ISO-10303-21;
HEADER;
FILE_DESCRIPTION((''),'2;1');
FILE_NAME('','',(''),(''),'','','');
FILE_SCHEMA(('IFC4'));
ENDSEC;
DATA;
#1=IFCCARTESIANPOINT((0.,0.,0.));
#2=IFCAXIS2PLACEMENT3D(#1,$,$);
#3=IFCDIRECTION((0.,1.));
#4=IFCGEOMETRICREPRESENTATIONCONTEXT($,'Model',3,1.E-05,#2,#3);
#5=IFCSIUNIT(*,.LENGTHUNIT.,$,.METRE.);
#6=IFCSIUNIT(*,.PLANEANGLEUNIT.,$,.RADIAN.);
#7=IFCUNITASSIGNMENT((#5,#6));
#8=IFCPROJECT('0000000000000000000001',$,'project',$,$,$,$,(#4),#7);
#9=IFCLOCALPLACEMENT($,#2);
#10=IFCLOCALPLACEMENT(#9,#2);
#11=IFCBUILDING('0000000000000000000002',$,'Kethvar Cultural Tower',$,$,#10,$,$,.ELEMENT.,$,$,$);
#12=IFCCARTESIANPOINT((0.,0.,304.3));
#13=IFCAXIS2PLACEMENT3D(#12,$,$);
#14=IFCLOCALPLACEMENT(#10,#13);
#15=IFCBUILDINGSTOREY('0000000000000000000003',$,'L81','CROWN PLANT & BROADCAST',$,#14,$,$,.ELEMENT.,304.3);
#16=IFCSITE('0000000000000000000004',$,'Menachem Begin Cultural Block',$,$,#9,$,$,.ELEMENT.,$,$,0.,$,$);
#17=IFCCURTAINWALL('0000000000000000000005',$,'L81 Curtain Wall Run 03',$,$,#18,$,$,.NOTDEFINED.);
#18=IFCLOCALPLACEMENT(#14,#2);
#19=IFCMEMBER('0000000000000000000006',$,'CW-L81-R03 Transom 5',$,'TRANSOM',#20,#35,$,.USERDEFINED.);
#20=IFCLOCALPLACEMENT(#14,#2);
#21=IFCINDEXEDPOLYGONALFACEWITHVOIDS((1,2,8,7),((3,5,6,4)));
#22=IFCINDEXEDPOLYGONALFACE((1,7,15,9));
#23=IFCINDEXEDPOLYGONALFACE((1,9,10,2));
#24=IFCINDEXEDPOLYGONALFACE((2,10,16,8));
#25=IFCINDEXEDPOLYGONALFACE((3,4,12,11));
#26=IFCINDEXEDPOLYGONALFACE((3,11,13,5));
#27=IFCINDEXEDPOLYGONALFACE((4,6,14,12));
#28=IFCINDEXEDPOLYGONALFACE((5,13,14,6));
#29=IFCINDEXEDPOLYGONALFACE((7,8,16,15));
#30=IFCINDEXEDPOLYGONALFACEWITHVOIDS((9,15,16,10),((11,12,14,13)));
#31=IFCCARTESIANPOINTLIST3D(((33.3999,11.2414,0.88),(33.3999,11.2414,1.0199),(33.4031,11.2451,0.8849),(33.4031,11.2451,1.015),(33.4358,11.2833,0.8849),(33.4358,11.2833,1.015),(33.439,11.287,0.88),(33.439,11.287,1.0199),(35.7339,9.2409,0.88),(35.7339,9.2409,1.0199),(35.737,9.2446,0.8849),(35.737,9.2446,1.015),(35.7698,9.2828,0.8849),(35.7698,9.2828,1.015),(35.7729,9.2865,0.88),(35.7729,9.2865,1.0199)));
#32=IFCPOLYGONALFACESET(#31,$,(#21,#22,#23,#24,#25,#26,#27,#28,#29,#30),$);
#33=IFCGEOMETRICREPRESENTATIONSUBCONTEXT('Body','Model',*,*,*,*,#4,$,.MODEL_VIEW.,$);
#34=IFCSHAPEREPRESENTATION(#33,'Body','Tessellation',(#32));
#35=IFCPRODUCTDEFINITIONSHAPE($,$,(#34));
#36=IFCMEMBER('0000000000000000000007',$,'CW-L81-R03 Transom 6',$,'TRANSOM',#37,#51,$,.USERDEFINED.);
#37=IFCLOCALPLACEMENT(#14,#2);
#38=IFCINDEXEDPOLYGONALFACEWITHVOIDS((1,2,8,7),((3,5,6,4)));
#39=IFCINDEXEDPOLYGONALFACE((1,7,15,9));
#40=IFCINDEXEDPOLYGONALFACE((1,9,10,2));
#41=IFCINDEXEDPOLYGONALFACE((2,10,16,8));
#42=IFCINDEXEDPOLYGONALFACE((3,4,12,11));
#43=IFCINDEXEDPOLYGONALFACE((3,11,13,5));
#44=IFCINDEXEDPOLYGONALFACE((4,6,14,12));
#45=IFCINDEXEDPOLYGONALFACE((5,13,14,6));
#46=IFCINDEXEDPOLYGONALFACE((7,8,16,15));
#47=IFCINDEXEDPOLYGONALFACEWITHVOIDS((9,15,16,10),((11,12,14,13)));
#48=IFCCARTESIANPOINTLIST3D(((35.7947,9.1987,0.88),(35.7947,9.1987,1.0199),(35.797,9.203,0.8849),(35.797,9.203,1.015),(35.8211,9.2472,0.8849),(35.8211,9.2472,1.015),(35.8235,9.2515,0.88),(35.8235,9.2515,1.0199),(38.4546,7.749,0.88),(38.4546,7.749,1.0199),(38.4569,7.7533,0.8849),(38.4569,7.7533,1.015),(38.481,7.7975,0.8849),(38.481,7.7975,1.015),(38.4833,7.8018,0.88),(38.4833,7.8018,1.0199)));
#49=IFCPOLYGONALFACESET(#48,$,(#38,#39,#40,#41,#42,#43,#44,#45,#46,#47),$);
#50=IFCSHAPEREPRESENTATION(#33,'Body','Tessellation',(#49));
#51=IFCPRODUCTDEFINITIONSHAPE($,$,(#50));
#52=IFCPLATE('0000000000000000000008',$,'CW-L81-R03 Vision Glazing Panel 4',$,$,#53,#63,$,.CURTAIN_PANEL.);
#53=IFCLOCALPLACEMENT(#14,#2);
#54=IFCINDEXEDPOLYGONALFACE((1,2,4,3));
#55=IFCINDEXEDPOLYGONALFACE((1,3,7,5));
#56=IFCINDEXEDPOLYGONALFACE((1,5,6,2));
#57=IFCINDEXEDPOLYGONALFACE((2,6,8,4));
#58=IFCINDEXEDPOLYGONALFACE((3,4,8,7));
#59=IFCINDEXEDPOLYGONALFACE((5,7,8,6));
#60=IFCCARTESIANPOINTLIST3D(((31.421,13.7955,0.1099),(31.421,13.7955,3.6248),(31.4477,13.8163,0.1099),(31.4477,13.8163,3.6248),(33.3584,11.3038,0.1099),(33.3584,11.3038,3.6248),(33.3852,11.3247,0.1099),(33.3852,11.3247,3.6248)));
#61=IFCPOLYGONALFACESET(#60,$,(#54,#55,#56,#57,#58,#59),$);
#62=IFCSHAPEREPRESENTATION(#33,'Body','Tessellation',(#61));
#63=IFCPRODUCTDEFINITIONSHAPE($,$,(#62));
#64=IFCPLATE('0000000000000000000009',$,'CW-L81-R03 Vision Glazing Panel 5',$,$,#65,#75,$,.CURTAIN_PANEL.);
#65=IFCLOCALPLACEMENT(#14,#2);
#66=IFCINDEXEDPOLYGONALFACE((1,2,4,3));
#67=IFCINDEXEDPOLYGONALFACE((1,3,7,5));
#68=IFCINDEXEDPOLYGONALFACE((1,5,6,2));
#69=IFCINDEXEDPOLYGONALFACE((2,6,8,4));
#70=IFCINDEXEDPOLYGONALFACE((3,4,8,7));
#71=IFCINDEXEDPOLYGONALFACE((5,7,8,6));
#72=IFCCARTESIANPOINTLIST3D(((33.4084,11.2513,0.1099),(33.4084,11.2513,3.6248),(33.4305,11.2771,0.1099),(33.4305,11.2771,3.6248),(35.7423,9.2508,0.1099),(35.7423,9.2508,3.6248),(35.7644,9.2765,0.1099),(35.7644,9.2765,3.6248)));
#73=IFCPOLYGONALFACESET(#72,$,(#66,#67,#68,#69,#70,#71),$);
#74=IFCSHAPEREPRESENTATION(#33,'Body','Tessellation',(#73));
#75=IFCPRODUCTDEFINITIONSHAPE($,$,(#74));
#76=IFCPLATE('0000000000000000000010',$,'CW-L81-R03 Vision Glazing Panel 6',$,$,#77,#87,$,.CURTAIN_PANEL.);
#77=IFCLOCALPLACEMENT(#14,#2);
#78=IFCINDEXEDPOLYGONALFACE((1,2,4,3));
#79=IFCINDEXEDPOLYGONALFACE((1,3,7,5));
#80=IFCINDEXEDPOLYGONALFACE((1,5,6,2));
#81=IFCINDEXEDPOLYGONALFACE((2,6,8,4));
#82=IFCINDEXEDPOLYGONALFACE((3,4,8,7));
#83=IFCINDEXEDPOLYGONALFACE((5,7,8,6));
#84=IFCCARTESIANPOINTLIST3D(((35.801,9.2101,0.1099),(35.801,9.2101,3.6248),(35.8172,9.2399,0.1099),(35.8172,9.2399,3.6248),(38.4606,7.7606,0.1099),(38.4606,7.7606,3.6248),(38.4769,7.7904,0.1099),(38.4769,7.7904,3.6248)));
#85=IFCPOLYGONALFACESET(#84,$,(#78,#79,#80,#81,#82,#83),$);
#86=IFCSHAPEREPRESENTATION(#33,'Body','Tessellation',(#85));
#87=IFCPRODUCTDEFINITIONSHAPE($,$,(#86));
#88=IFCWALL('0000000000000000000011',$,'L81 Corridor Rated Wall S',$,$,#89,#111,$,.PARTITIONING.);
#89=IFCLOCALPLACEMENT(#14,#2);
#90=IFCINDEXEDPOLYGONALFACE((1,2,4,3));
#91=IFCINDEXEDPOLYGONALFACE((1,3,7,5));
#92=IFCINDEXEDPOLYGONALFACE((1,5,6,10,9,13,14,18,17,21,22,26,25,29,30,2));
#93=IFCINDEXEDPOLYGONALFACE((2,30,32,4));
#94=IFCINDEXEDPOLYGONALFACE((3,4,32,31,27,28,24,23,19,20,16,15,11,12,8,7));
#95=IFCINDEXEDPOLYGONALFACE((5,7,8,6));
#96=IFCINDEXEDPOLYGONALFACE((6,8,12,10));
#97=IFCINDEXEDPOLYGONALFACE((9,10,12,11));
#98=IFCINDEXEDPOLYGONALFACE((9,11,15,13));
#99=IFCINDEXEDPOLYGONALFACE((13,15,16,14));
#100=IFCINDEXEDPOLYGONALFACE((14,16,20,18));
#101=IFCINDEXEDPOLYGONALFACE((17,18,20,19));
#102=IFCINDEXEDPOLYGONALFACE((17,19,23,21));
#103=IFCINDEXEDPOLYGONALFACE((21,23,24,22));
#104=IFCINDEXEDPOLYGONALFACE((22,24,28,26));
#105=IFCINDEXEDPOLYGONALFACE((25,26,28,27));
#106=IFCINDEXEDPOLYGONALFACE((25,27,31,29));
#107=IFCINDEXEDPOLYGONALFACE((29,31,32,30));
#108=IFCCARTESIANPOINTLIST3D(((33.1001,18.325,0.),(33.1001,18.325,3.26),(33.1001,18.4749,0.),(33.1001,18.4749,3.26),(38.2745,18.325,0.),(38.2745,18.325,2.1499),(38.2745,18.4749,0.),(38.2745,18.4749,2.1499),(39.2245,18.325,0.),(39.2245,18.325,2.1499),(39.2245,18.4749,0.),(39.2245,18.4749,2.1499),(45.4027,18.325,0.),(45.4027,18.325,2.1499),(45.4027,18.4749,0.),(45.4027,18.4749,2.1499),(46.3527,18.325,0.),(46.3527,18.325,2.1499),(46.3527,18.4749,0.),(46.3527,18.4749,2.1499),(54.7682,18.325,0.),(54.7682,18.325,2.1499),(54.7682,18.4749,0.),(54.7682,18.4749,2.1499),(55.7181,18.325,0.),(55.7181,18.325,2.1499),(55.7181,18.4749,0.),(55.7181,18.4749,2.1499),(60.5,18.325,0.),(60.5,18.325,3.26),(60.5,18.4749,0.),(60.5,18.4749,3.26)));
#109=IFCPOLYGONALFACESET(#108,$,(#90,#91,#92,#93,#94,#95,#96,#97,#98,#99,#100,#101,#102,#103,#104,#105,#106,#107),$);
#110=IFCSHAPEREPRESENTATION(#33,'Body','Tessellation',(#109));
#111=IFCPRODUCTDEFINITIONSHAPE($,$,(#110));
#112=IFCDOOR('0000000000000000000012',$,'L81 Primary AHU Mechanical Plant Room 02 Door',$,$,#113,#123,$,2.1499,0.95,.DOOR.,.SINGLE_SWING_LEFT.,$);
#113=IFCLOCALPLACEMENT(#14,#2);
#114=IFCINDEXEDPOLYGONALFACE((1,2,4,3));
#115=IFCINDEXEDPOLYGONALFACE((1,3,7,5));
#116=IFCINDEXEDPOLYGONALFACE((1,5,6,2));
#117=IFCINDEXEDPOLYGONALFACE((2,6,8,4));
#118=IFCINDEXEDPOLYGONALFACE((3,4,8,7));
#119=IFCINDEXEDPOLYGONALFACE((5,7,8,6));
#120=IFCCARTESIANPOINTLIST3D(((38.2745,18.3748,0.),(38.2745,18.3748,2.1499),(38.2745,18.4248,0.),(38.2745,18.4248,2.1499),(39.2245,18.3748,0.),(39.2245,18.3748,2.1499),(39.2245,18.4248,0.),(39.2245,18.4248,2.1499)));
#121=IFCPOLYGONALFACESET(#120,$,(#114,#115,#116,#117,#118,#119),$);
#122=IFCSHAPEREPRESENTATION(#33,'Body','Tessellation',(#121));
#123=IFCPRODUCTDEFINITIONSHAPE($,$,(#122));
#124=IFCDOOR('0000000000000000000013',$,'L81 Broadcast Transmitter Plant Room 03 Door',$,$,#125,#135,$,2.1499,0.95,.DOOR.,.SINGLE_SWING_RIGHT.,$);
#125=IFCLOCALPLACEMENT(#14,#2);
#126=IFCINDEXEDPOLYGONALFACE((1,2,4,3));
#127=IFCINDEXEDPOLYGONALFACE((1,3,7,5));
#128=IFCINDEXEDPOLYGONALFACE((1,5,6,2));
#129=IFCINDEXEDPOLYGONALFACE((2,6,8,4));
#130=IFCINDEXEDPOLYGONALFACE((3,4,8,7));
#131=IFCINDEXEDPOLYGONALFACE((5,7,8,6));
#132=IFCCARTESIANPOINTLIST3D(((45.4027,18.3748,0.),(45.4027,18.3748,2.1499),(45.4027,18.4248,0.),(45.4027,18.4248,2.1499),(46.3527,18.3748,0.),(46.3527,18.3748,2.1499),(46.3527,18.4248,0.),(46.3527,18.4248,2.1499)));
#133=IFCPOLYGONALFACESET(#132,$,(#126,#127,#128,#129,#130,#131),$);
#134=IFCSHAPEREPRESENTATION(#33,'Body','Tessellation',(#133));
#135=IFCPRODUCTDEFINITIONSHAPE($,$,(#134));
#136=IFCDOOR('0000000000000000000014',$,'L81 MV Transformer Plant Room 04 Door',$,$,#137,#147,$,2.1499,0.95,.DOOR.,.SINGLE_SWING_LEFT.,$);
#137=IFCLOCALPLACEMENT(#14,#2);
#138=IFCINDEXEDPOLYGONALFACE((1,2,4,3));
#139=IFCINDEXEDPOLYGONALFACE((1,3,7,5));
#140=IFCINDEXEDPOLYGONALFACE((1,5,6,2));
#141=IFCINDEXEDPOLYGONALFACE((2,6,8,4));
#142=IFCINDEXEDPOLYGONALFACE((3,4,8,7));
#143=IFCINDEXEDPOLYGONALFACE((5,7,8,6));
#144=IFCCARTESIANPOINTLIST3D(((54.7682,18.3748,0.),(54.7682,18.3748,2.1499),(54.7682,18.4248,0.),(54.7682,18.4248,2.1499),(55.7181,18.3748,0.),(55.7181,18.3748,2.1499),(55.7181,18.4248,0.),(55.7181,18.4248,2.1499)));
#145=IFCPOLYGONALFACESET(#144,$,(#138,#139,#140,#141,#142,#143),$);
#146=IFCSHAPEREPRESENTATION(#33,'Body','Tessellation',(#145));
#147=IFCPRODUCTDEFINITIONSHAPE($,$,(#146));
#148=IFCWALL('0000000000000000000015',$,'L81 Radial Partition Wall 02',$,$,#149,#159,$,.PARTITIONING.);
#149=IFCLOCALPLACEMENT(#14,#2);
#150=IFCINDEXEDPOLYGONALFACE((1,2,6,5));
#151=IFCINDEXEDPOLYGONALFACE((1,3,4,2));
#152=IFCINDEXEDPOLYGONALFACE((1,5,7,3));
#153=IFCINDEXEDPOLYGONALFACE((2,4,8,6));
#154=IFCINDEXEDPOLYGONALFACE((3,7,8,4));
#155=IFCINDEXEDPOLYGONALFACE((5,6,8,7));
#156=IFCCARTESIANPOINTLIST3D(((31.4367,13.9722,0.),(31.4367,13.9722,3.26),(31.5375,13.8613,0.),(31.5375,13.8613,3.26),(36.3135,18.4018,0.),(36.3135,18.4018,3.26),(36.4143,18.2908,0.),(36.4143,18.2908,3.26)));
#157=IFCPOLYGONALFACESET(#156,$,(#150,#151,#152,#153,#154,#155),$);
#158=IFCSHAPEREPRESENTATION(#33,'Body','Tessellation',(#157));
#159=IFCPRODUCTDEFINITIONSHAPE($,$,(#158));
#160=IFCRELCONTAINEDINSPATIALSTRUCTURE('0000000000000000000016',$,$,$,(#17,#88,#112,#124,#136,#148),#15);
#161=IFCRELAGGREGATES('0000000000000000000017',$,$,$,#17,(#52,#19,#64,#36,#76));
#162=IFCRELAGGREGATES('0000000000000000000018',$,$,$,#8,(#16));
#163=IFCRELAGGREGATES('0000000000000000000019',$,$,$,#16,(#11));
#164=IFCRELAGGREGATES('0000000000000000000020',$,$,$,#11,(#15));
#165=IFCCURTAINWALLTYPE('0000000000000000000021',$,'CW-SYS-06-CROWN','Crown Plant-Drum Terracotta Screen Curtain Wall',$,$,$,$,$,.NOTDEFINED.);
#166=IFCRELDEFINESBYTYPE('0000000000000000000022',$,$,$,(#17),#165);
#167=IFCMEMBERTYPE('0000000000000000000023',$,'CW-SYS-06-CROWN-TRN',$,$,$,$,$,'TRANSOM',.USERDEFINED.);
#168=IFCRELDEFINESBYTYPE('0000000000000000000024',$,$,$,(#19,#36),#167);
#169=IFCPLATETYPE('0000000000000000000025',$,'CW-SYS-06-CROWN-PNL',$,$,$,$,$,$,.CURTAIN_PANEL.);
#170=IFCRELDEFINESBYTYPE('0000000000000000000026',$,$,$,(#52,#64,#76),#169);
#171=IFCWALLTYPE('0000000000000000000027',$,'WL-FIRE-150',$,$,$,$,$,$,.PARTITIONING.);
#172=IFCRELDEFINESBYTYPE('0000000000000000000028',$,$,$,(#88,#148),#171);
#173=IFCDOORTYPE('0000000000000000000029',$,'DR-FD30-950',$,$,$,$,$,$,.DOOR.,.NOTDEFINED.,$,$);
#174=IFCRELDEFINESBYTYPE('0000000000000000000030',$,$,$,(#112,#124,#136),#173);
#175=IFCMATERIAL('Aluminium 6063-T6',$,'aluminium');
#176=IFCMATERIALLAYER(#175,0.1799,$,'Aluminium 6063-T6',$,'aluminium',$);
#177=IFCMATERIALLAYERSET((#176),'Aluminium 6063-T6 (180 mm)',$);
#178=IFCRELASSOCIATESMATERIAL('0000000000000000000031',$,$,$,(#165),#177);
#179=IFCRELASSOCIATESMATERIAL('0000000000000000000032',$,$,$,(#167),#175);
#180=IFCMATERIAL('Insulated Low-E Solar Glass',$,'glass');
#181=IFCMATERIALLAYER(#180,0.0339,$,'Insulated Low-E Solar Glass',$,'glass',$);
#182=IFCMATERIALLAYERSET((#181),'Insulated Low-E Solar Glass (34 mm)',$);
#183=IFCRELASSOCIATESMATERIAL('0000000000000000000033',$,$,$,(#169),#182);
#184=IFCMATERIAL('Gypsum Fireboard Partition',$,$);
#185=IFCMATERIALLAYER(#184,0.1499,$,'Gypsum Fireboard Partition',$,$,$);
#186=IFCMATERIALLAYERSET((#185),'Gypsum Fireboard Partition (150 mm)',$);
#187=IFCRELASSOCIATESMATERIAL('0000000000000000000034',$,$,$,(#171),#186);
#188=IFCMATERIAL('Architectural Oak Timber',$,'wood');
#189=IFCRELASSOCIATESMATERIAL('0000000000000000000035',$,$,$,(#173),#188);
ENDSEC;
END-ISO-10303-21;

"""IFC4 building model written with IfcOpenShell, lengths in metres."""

from ifc_helpers import new_model, si_unit, direction, frame, frame_2d, origin, origin_2d, place, context, subcontext, project, spatial, rectangle, hollow_rectangle, extrude, source, transform, mapped, material, layer, layer_set, material_profile, profile_set, type_object, element, fill, aggregate, save


model = new_model("IFC4")

# Units and contexts
model_context = context("Model", 3, precision=1e-05, world=origin(), true_north=direction((0.0, 1.0)))
body_context = subcontext(model_context, "Body", "Model", "MODEL_VIEW")
ifc_project = project(units=[si_unit("LENGTHUNIT", "METRE"), si_unit("PLANEANGLEUNIT", "RADIAN")], contexts=[model_context])

# Site, building, storey
site_placement = place(None, origin())
site = spatial("IfcSite", under=ifc_project, at=site_placement, Name="Menachem Begin Cultural Block", CompositionType="ELEMENT", RefElevation=0.0)
building_placement = place(site_placement, origin())
building = spatial("IfcBuilding", under=site, at=building_placement, Name="Kethvar Cultural Tower", CompositionType="ELEMENT")
storey_placement = place(building_placement, frame((0.0, 0.0, 304.3)))
storey = spatial("IfcBuildingStorey", under=building, at=storey_placement, Name="L81", Description="CROWN PLANT & BROADCAST", CompositionType="ELEMENT", Elevation=304.3)

# Curtain wall, members, plates
ifc_material_1 = material(Name="Aluminium 6063-T6", Category="aluminium")
ifc_layer_1 = layer(ifc_material_1, 0.1799, Name="Aluminium 6063-T6", Category="aluminium")
ifc_layer_set_1 = layer_set([ifc_layer_1], Name="Aluminium 6063-T6 (180 mm)")
curtain_wall_type = type_object("IfcCurtainWallType", Name="CW-SYS-06-CROWN", Description="Crown Plant-Drum Terracotta Screen Curtain Wall", PredefinedType="NOTDEFINED", material=ifc_layer_set_1)
curtain_wall_placement = place(storey_placement, origin())
curtain_wall = element("IfcCurtainWall", 1, at=curtain_wall_placement, inside=storey, type_object=curtain_wall_type, Name="L81 Curtain Wall Run 03", PredefinedType="NOTDEFINED")
ifc_material_profile_1 = material_profile(ifc_material_1, hollow_rectangle(XDim=0.0601, YDim=0.1399, WallThickness=0.0049, at=origin_2d()), Name="Aluminium 6063-T6 — RHS140x60x5")
ifc_profile_set_1 = profile_set([ifc_material_profile_1], Name="Aluminium 6063-T6 — RHS140x60x5")
member_type_1 = type_object("IfcMemberType", Name="CW-SYS-06-CROWN-TRN", ElementType="TRANSOM", PredefinedType="USERDEFINED", material=ifc_profile_set_1)
shared_shape_1 = source(origin(), body_context, "Body", "SweptSolid", [
    extrude(hollow_rectangle(XDim=0.0601, YDim=0.1399, WallThickness=0.0049, at=origin_2d()), origin(), (0.0, 0.0, 1.0), 3.074),
])
member_1_placement = place(storey_placement, frame((33.4194, 11.2642, 0.95), z_axis=(0.759268, -0.650778, 0.0), x_axis=(0.650778, 0.759268, 0.0)))
member_1 = element("IfcMember", 2, at=member_1_placement, type_object=member_type_1, Name="CW-L81-R03 Transom 5", ObjectType="TRANSOM", PredefinedType="USERDEFINED", context=body_context, shape_type="MappedRepresentation", body=[
    mapped(shared_shape_1, transform((0.0, 0.0, 0.0), scale=1.0)),
])
shared_shape_2 = source(origin(), body_context, "Body", "SweptSolid", [
    extrude(hollow_rectangle(XDim=0.0601, YDim=0.1399, WallThickness=0.0049, at=origin_2d()), origin(), (0.0, 0.0, 1.0), 3.0293),
])
member_2_placement = place(storey_placement, frame((35.8091, 9.2251, 0.95), z_axis=(0.878056, -0.478558, 0.0), x_axis=(0.478558, 0.878056, 0.0)))
member_2 = element("IfcMember", 3, at=member_2_placement, type_object=member_type_1, Name="CW-L81-R03 Transom 6", ObjectType="TRANSOM", PredefinedType="USERDEFINED", context=body_context, shape_type="MappedRepresentation", body=[
    mapped(shared_shape_2, transform((0.0, 0.0, 0.0), scale=1.0)),
])
ifc_material_2 = material(Name="Insulated Low-E Solar Glass", Category="glass")
ifc_layer_2 = layer(ifc_material_2, 0.0339, Name="Insulated Low-E Solar Glass", Category="glass")
ifc_layer_set_2 = layer_set([ifc_layer_2], Name="Insulated Low-E Solar Glass (34 mm)")
plate_type = type_object("IfcPlateType", Name="CW-SYS-06-CROWN-PNL", PredefinedType="CURTAIN_PANEL", material=ifc_layer_set_2)
shared_shape_3 = source(origin(), body_context, "Body", "SweptSolid", [
    extrude(rectangle(XDim=3.1562, YDim=0.0339, at=origin_2d()), origin(), (0.0, 0.0, 1.0), 3.5149),
])
plate_1_placement = place(storey_placement, frame((32.4031, 12.5601, 0.1099), z_axis=(0.0, 0.0, 1.0), x_axis=(0.613844, -0.789427, 0.0)))
plate_1 = element("IfcPlate", 4, at=plate_1_placement, type_object=plate_type, Name="CW-L81-R03 Vision Glazing Panel 4", PredefinedType="CURTAIN_PANEL", context=body_context, shape_type="MappedRepresentation", body=[
    mapped(shared_shape_3, transform((0.0, 0.0, 0.0), scale=1.0)),
])
shared_shape_4 = source(origin(), body_context, "Body", "SweptSolid", [
    extrude(rectangle(XDim=3.074, YDim=0.0339, at=origin_2d()), origin(), (0.0, 0.0, 1.0), 3.5149),
])
plate_2_placement = place(storey_placement, frame((34.5864, 10.2639, 0.1099), z_axis=(0.0, 0.0, 1.0), x_axis=(0.759249, -0.650801, 0.0)))
plate_2 = element("IfcPlate", 5, at=plate_2_placement, type_object=plate_type, Name="CW-L81-R03 Vision Glazing Panel 5", PredefinedType="CURTAIN_PANEL", context=body_context, shape_type="MappedRepresentation", body=[
    mapped(shared_shape_4, transform((0.0, 0.0, 0.0), scale=1.0)),
])
shared_shape_5 = source(origin(), body_context, "Body", "SweptSolid", [
    extrude(rectangle(XDim=3.0291, YDim=0.0339, at=origin_2d()), origin(), (0.0, 0.0, 1.0), 3.5149),
])
plate_3_placement = place(storey_placement, frame((37.1389, 8.5002, 0.1099), z_axis=(0.0, 0.0, 1.0), x_axis=(0.878058, -0.478554, 0.0)))
plate_3 = element("IfcPlate", 6, at=plate_3_placement, type_object=plate_type, Name="CW-L81-R03 Vision Glazing Panel 6", PredefinedType="CURTAIN_PANEL", context=body_context, shape_type="MappedRepresentation", body=[
    mapped(shared_shape_5, transform((0.0, 0.0, 0.0), scale=1.0)),
])
aggregate(curtain_wall, [plate_1, member_1, plate_2, member_2, plate_3])

# Wall, openings, doors
ifc_material_3 = material(Name="Gypsum Fireboard Partition")
ifc_layer_3 = layer(ifc_material_3, 0.1499, Name="Gypsum Fireboard Partition")
ifc_layer_set_3 = layer_set([ifc_layer_3], Name="Gypsum Fireboard Partition (150 mm)")
wall_type = type_object("IfcWallType", Name="WL-FIRE-150", PredefinedType="PARTITIONING", material=ifc_layer_set_3)
wall_1_placement = place(storey_placement, frame((33.1001, 18.3999, 0.0), z_axis=(0.0, 0.0, 1.0), x_axis=(1.0, 0.0, 0.0)))
wall_1 = element("IfcWall", 7, at=wall_1_placement, inside=storey, type_object=wall_type, Name="L81 Corridor Rated Wall S", PredefinedType="PARTITIONING", context=body_context, shape_type="SweptSolid", body=[
    extrude(rectangle(XDim=27.3999, YDim=0.1499, at=frame_2d((13.7, 0.0))), origin(), (0.0, 0.0, 1.0), 3.26),
])
opening_1_placement = place(wall_1_placement, frame((5.1743, 0.0, 0.0)))
opening_1 = element("IfcOpeningElement", 8, at=opening_1_placement, cuts=wall_1, PredefinedType="OPENING", context=body_context, shape_type="SweptSolid", body=[
    extrude(rectangle(XDim=0.95, YDim=2.1499, at=frame_2d((0.4751, 1.075))), frame((0.0, 0.085, 0.0), z_axis=(0.0, -1.0, 0.0), x_axis=(1.0, 0.0, 0.0)), (0.0, 0.0, 1.0), 0.1699),
])
opening_2_placement = place(wall_1_placement, frame((12.3025, 0.0, 0.0)))
opening_2 = element("IfcOpeningElement", 9, at=opening_2_placement, cuts=wall_1, PredefinedType="OPENING", context=body_context, shape_type="SweptSolid", body=[
    extrude(rectangle(XDim=0.95, YDim=2.1499, at=frame_2d((0.4751, 1.075))), frame((0.0, 0.085, 0.0), z_axis=(0.0, -1.0, 0.0), x_axis=(1.0, 0.0, 0.0)), (0.0, 0.0, 1.0), 0.1699),
])
opening_3_placement = place(wall_1_placement, frame((21.668, 0.0, 0.0)))
opening_3 = element("IfcOpeningElement", 10, at=opening_3_placement, cuts=wall_1, PredefinedType="OPENING", context=body_context, shape_type="SweptSolid", body=[
    extrude(rectangle(XDim=0.95, YDim=2.1499, at=frame_2d((0.4751, 1.075))), frame((0.0, 0.085, 0.0), z_axis=(0.0, -1.0, 0.0), x_axis=(1.0, 0.0, 0.0)), (0.0, 0.0, 1.0), 0.1699),
])
ifc_material_4 = material(Name="Architectural Oak Timber", Category="wood")
door_type = type_object("IfcDoorType", Name="DR-FD30-950", OperationType="NOTDEFINED", PredefinedType="DOOR", material=ifc_material_4)
shared_shape_6 = source(origin(), body_context, "Body", "SweptSolid", [
    extrude(rectangle(XDim=0.95, YDim=2.1499, at=frame_2d((0.4751, 1.075))), frame((0.0, 0.0249, 0.0), z_axis=(0.0, -1.0, 0.0), x_axis=(1.0, 0.0, 0.0)), (0.0, 0.0, 1.0), 0.05),
])
door_1_placement = place(opening_1_placement, origin())
door_1 = element("IfcDoor", 11, at=door_1_placement, inside=storey, type_object=door_type, Name="L81 Primary AHU Mechanical Plant Room 02 Door", OperationType="SINGLE_SWING_LEFT", OverallHeight=2.1499, OverallWidth=0.95, PredefinedType="DOOR", context=body_context, shape_type="MappedRepresentation", body=[
    mapped(shared_shape_6, transform((0.0, 0.0, 0.0), scale=1.0)),
])
fill(opening_1, door_1)
door_2_placement = place(opening_2_placement, origin())
door_2 = element("IfcDoor", 12, at=door_2_placement, inside=storey, type_object=door_type, Name="L81 Broadcast Transmitter Plant Room 03 Door", OperationType="SINGLE_SWING_RIGHT", OverallHeight=2.1499, OverallWidth=0.95, PredefinedType="DOOR", context=body_context, shape_type="MappedRepresentation", body=[
    mapped(shared_shape_6, transform((0.0, 0.0, 0.0), scale=1.0)),
])
fill(opening_2, door_2)
door_3_placement = place(opening_3_placement, origin())
door_3 = element("IfcDoor", 13, at=door_3_placement, inside=storey, type_object=door_type, Name="L81 MV Transformer Plant Room 04 Door", OperationType="SINGLE_SWING_LEFT", OverallHeight=2.1499, OverallWidth=0.95, PredefinedType="DOOR", context=body_context, shape_type="MappedRepresentation", body=[
    mapped(shared_shape_6, transform((0.0, 0.0, 0.0), scale=1.0)),
])
fill(opening_3, door_3)

# Wall
wall_2_placement = place(storey_placement, frame((36.3638, 18.3462, 0.0), z_axis=(0.0, 0.0, 1.0), x_axis=(-0.740237, -0.672346, 0.0)))
element("IfcWall", 14, at=wall_2_placement, inside=storey, type_object=wall_type, Name="L81 Radial Partition Wall 02", PredefinedType="PARTITIONING", context=body_context, shape_type="SweptSolid", body=[
    extrude(rectangle(XDim=6.5881, YDim=0.1499, at=frame_2d((3.2939, 0.0))), origin(), (0.0, 0.0, 1.0), 3.26),
])

save(model, "model.ifc")
